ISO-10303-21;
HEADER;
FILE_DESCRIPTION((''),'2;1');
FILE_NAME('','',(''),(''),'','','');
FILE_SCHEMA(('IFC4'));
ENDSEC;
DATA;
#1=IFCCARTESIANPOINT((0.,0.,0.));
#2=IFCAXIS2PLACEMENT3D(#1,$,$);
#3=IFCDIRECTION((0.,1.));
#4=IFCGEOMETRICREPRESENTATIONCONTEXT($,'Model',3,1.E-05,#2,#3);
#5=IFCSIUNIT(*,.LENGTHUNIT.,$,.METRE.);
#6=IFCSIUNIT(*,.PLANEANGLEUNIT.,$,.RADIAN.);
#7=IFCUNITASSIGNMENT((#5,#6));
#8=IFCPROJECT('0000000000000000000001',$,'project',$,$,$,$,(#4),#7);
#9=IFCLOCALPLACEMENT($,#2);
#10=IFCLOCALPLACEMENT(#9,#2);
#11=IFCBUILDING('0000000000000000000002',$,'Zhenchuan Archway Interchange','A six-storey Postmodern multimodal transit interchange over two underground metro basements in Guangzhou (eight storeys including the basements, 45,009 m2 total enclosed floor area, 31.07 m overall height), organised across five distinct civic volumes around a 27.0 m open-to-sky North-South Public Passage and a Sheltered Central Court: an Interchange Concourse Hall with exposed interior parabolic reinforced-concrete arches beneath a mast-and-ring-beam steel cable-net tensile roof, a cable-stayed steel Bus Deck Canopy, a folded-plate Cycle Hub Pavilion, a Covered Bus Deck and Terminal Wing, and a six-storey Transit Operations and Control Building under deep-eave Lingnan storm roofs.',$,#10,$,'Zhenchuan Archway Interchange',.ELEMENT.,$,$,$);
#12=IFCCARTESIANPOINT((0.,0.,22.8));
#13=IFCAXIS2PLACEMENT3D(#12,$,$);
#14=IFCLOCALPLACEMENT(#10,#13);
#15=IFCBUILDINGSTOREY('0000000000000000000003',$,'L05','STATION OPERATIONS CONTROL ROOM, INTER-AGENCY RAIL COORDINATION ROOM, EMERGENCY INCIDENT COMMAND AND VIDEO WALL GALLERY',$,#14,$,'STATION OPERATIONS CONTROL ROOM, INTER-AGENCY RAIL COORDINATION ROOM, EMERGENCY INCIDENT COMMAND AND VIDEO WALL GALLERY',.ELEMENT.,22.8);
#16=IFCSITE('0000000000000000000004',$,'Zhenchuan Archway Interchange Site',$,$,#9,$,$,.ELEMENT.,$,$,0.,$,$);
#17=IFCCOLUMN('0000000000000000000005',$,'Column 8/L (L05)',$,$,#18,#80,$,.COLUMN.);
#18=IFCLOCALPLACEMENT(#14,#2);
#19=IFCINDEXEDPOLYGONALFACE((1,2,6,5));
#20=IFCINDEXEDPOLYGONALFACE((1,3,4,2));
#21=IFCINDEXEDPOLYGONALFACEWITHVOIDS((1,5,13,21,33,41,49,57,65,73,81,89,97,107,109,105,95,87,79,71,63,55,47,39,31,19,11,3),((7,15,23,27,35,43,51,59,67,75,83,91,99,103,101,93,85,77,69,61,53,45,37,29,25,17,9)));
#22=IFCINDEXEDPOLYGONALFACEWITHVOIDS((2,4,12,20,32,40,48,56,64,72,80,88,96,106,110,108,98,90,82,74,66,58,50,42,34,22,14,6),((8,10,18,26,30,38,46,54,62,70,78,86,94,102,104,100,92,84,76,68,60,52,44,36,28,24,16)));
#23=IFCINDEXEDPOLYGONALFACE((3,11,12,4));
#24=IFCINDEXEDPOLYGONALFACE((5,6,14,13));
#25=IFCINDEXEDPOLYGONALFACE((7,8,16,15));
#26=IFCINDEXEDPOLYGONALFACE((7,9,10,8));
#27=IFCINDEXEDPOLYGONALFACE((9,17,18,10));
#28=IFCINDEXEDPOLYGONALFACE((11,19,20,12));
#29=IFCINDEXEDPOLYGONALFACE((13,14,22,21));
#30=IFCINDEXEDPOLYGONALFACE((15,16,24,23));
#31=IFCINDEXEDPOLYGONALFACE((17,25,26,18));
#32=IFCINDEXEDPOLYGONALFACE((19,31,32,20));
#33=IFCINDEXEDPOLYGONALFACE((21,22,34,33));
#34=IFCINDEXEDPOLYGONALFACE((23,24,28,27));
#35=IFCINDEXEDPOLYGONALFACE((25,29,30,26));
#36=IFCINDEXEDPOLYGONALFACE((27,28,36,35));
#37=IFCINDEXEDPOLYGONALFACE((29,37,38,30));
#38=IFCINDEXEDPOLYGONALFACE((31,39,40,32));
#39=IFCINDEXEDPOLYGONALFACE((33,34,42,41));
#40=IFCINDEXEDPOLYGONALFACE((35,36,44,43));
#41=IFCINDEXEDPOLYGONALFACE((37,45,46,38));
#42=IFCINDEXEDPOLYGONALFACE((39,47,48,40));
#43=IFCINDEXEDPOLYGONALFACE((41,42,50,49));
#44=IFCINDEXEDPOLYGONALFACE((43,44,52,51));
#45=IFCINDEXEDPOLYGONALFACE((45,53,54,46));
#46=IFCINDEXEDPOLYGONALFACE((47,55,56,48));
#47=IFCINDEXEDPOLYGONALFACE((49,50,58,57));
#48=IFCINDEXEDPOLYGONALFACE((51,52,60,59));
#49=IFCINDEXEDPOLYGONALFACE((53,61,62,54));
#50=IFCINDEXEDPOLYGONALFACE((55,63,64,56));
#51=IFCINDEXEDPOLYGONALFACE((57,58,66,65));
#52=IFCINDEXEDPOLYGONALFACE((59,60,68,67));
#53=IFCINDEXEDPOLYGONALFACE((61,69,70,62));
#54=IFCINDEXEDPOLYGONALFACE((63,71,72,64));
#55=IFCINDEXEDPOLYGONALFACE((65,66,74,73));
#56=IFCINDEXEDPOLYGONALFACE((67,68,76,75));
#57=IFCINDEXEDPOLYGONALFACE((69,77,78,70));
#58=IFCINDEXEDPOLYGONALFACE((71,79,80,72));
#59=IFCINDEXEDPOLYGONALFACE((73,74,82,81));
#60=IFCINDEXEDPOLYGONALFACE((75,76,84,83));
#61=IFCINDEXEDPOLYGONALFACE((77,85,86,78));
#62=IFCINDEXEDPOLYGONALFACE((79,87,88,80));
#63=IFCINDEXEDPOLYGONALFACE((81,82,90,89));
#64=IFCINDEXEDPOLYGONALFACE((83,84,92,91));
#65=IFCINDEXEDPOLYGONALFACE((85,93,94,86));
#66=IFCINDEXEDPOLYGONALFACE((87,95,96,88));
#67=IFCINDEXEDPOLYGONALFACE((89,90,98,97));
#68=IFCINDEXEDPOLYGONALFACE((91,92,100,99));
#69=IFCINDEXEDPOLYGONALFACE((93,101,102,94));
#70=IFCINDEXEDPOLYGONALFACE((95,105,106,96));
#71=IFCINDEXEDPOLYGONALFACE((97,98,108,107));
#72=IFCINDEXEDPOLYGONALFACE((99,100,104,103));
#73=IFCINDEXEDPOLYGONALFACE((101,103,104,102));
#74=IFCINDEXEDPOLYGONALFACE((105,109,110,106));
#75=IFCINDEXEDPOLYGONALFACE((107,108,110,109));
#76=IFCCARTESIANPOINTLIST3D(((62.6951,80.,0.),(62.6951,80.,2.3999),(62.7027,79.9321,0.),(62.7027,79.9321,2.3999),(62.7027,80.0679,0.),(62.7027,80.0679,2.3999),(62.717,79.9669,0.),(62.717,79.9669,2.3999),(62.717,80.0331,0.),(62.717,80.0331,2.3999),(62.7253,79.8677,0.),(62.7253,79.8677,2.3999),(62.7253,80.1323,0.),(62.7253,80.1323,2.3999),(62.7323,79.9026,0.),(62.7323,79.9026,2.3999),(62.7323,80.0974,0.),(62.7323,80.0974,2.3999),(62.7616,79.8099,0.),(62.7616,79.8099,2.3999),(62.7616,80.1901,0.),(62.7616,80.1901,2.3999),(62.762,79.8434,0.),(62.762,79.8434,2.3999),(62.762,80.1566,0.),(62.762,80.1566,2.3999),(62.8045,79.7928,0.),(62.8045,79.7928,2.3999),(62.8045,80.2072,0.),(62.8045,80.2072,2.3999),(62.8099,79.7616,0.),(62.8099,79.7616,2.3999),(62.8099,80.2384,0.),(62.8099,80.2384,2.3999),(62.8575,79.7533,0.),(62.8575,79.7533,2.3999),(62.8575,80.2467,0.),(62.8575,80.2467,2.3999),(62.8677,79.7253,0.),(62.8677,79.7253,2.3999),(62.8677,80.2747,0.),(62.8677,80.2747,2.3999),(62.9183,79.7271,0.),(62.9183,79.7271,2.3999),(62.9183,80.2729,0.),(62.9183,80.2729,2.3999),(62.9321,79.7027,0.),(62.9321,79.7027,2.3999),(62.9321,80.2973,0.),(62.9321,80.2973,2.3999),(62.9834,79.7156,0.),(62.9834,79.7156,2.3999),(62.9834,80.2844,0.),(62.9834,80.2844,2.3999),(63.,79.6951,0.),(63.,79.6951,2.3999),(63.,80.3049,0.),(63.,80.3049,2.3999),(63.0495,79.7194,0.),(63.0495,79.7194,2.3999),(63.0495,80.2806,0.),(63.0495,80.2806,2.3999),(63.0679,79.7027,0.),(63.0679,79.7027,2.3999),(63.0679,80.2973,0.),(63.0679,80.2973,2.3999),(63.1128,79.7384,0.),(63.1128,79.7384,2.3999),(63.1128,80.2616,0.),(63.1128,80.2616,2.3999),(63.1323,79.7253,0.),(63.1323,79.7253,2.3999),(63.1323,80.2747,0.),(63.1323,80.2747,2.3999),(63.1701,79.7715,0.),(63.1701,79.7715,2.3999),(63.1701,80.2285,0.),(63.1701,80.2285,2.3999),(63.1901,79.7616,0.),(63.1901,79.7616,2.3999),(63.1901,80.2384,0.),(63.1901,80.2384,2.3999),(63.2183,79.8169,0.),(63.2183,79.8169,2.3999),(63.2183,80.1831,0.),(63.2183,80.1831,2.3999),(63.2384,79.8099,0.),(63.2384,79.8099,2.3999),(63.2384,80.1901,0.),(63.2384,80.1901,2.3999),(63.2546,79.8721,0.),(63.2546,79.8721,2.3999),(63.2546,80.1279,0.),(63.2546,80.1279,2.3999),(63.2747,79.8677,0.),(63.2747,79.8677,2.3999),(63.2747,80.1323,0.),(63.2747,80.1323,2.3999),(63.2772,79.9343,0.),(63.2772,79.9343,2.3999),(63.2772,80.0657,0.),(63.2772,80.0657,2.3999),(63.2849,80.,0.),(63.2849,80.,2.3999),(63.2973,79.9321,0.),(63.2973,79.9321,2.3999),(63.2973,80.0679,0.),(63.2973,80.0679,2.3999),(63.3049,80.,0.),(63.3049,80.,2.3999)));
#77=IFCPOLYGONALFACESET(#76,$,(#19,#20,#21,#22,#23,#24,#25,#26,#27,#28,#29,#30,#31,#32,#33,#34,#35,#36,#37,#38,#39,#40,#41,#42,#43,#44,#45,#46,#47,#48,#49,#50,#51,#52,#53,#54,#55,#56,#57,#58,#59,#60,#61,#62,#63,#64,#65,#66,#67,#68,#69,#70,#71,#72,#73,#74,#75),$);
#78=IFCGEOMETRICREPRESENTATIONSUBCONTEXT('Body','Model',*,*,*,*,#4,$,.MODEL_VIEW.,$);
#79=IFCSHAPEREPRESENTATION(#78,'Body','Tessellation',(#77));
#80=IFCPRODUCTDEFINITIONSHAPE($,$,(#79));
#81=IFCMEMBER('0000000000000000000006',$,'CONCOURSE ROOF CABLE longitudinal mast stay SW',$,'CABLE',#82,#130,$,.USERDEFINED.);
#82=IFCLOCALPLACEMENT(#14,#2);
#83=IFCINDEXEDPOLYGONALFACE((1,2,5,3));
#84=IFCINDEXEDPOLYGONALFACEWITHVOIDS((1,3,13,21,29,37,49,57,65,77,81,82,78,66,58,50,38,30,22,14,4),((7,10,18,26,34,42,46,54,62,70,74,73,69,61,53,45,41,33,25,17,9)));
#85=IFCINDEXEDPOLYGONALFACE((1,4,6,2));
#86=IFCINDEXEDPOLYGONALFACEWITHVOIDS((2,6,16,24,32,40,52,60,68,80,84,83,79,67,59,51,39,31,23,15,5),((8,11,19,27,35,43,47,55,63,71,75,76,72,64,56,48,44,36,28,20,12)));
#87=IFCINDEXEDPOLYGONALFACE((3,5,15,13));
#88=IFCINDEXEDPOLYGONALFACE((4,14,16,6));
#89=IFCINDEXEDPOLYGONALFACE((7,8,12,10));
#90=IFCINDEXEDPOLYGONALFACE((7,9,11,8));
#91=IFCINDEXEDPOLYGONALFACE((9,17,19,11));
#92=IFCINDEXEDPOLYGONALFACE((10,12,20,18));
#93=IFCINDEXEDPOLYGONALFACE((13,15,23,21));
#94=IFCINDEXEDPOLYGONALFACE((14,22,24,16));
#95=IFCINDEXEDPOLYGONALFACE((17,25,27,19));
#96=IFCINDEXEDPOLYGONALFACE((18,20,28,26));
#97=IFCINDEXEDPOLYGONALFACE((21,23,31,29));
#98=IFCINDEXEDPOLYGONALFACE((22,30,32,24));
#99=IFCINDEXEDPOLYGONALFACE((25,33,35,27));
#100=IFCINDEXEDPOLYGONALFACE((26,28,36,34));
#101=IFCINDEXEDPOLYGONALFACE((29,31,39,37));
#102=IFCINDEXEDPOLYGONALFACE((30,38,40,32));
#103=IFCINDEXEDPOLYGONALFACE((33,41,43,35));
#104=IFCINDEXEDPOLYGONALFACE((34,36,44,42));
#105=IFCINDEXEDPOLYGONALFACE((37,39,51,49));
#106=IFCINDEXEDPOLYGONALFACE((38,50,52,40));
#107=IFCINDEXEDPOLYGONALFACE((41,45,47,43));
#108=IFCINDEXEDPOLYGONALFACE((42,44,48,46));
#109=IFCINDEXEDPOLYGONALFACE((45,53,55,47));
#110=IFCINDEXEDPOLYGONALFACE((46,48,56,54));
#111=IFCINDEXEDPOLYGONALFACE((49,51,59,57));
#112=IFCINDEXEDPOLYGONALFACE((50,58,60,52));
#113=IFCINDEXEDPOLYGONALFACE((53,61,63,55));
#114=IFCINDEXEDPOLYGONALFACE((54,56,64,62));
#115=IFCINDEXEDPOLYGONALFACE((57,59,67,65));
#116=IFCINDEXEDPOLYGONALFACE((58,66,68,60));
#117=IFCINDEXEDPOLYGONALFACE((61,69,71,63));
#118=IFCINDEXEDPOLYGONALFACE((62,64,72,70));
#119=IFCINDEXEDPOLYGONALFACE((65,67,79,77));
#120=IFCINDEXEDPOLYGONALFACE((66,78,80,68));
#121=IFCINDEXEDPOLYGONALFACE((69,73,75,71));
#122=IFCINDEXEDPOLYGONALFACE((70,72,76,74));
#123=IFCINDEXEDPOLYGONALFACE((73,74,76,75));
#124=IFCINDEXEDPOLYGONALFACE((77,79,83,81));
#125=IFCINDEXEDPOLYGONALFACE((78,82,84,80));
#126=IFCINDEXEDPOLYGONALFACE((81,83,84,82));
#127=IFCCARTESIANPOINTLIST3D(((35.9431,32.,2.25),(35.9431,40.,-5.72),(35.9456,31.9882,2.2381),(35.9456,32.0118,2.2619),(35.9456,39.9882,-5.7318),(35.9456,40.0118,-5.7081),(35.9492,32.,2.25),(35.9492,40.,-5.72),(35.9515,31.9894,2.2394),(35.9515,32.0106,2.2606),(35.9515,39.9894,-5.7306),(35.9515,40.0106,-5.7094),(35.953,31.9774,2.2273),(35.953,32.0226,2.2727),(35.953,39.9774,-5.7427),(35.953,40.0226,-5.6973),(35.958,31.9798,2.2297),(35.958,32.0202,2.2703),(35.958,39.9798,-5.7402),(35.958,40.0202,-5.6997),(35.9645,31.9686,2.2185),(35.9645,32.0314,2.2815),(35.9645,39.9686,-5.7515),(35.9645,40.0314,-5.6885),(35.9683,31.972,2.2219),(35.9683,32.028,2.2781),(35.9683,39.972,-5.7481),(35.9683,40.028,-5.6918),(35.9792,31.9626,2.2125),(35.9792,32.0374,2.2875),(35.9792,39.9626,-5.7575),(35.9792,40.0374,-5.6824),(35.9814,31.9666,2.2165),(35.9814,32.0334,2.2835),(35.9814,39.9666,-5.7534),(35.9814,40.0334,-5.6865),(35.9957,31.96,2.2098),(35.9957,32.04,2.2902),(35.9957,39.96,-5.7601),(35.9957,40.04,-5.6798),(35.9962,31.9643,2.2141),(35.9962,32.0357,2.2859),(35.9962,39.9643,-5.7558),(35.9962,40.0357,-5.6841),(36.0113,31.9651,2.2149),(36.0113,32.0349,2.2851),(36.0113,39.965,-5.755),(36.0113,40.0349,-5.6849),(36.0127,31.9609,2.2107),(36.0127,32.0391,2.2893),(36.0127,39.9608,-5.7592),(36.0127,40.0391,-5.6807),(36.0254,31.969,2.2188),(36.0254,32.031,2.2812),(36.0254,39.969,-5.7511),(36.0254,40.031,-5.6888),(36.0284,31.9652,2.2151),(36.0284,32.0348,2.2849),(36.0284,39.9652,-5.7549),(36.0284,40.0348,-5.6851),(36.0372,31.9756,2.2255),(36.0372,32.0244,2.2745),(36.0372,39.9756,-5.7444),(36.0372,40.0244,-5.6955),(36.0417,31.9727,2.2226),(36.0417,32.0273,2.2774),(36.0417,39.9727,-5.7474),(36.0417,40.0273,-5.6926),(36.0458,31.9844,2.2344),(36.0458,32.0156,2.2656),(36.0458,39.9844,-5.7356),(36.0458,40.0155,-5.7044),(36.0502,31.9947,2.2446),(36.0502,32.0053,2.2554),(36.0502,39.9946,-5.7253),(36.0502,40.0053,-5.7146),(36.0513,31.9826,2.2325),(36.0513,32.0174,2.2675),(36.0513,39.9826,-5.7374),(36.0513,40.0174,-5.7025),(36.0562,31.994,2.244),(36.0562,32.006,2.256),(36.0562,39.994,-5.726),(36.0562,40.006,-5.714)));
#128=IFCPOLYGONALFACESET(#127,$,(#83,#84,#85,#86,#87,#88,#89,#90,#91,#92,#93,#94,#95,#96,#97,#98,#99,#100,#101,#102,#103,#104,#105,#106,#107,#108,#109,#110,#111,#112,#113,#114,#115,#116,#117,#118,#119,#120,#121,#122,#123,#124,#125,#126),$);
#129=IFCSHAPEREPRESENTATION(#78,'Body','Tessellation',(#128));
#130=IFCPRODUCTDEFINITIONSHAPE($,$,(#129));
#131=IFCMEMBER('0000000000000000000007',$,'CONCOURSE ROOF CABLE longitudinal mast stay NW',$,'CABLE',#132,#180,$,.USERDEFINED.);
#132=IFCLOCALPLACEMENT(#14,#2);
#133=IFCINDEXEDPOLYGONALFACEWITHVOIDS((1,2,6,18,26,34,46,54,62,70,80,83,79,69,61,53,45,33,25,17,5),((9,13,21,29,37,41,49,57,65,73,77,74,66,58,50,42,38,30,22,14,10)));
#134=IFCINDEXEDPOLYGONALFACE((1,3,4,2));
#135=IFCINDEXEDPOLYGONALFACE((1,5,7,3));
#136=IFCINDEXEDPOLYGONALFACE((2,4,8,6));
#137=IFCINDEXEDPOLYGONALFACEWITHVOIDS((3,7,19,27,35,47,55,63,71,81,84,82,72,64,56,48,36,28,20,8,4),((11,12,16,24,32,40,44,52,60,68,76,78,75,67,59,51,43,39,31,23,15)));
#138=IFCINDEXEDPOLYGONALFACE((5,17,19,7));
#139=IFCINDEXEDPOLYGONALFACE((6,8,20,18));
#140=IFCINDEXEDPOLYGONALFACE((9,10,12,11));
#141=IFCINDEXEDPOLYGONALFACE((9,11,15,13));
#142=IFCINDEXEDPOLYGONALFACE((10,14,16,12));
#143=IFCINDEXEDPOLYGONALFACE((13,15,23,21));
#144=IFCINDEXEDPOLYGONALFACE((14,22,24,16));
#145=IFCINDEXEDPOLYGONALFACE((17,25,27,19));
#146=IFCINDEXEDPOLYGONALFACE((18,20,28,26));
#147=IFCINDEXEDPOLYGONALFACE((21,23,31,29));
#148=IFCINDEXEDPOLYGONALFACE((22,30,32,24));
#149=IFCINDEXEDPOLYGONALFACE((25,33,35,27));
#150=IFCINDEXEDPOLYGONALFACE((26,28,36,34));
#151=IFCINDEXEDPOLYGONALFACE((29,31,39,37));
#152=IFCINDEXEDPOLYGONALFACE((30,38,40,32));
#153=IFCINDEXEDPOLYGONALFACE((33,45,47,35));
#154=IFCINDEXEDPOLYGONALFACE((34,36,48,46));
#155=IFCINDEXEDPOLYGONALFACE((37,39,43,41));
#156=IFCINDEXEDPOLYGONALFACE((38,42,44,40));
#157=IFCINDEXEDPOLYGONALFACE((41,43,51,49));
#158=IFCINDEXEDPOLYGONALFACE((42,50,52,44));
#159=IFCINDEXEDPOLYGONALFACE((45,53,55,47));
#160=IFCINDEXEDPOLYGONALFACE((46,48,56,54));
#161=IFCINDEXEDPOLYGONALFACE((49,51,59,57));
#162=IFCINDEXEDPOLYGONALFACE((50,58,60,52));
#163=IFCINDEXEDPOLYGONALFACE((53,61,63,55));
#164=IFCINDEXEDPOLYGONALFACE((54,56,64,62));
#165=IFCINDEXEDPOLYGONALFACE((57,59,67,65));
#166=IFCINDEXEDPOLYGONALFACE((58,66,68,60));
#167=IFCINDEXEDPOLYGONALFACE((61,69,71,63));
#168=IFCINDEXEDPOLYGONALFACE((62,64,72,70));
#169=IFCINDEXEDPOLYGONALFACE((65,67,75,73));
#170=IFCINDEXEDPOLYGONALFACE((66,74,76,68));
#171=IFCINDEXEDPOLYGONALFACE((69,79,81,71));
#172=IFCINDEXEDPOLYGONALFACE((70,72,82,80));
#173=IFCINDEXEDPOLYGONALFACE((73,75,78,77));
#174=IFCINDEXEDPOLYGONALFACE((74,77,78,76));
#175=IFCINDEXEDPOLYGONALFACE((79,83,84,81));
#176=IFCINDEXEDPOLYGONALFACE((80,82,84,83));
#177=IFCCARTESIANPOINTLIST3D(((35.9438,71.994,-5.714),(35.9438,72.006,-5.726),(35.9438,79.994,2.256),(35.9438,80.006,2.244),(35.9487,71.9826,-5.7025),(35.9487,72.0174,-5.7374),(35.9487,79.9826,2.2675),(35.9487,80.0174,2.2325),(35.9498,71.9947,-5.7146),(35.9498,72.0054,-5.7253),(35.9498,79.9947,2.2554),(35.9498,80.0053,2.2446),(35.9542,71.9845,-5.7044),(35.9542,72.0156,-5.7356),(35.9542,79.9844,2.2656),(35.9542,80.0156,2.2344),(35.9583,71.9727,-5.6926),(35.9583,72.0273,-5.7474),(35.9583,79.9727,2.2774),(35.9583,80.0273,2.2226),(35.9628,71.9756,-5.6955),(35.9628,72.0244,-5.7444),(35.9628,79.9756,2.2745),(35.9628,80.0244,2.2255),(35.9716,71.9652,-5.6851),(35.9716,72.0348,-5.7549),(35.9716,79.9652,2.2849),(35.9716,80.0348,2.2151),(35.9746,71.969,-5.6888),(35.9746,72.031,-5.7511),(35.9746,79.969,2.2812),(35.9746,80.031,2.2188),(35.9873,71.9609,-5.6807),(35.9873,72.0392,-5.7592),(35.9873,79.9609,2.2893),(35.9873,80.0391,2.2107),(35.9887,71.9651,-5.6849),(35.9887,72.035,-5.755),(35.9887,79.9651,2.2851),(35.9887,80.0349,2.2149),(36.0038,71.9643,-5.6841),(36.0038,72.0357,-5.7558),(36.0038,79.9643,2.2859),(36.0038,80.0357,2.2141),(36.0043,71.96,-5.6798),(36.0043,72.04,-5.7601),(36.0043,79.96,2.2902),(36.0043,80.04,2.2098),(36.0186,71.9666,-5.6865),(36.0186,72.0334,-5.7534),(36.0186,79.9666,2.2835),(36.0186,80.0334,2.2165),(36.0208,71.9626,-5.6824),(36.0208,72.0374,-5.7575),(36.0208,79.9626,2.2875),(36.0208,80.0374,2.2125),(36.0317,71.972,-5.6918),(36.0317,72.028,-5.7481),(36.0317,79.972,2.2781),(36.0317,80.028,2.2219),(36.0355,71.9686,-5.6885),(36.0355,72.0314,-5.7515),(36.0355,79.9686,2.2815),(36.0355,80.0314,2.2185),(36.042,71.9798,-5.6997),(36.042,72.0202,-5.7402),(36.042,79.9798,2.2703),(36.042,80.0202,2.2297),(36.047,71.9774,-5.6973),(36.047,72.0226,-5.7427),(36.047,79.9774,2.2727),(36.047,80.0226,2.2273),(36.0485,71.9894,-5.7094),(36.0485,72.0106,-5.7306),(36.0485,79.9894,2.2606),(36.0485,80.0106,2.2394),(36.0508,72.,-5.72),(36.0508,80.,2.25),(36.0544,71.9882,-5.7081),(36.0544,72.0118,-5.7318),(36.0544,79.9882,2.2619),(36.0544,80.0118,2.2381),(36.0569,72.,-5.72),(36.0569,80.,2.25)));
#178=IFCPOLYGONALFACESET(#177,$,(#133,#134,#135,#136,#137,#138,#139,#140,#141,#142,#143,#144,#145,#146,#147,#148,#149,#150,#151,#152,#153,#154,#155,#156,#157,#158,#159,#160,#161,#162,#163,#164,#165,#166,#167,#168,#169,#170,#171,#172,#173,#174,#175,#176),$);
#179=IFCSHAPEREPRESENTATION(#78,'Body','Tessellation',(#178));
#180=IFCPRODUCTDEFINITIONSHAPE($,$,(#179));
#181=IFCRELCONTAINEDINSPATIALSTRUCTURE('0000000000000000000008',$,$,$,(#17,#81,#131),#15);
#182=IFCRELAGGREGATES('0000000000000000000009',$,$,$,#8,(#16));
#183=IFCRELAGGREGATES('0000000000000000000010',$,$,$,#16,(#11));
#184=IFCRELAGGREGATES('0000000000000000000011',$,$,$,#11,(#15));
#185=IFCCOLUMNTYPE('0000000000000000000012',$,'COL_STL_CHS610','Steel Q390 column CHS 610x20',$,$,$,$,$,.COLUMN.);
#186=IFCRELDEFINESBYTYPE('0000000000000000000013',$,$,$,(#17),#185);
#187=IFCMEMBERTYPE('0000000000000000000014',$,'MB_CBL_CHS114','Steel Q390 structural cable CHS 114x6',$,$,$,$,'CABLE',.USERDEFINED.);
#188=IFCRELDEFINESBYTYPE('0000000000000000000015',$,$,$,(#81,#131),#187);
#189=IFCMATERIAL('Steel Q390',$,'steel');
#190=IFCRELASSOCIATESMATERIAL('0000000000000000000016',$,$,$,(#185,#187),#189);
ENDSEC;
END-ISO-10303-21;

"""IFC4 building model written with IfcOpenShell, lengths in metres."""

from ifc_helpers import new_model, si_unit, direction, frame, origin, origin_2d, place, context, subcontext, project, spatial, hollow_circle, extrude, material, material_profile, profile_set, type_object, element, save


model = new_model("IFC4")

# Units and contexts
model_context = context("Model", 3, precision=1e-05, world=origin(), true_north=direction((0.0, 1.0)))
body_context = subcontext(model_context, "Body", "Model", "MODEL_VIEW")
ifc_project = project(units=[si_unit("LENGTHUNIT", "METRE"), si_unit("PLANEANGLEUNIT", "RADIAN")], contexts=[model_context])

# Site, building, storey
site_placement = place(None, origin())
site = spatial("IfcSite", under=ifc_project, at=site_placement, Name="Zhenchuan Archway Interchange Site", CompositionType="ELEMENT", RefElevation=0.0)
building_placement = place(site_placement, origin())
building = spatial("IfcBuilding", under=site, at=building_placement, Name="Zhenchuan Archway Interchange", Description="A six-storey Postmodern multimodal transit interchange over two underground metro basements in Guangzhou (eight storeys including the basements, 45,009 m2 total enclosed floor area, 31.07 m overall height), organised across five distinct civic volumes around a 27.0 m open-to-sky North-South Public Passage and a Sheltered Central Court: an Interchange Concourse Hall with exposed interior parabolic reinforced-concrete arches beneath a mast-and-ring-beam steel cable-net tensile roof, a cable-stayed steel Bus Deck Canopy, a folded-plate Cycle Hub Pavilion, a Covered Bus Deck and Terminal Wing, and a six-storey Transit Operations and Control Building under deep-eave Lingnan storm roofs.", LongName="Zhenchuan Archway Interchange", CompositionType="ELEMENT")
storey_placement = place(building_placement, frame((0.0, 0.0, 22.8)))
storey = spatial("IfcBuildingStorey", under=building, at=storey_placement, Name="L05", Description="STATION OPERATIONS CONTROL ROOM, INTER-AGENCY RAIL COORDINATION ROOM, EMERGENCY INCIDENT COMMAND AND VIDEO WALL GALLERY", LongName="STATION OPERATIONS CONTROL ROOM, INTER-AGENCY RAIL COORDINATION ROOM, EMERGENCY INCIDENT COMMAND AND VIDEO WALL GALLERY", CompositionType="ELEMENT", Elevation=22.8)

# Column
ifc_material_1 = material(Name="Steel Q390", Category="steel")
ifc_material_profile_1 = material_profile(ifc_material_1, hollow_circle(Radius=0.3049, WallThickness=0.02, at=origin_2d()), Name="CHS 610x20")
ifc_profile_set_1 = profile_set([ifc_material_profile_1], Name="Steel Q390")
column_type = type_object("IfcColumnType", Name="COL_STL_CHS610", Description="Steel Q390 column CHS 610x20", PredefinedType="COLUMN", material=ifc_profile_set_1)
for number, where, z_axis, x_axis, name in (
    (1, (63.0, 80.0, 0.0), (0.0, 0.0, 1.0), (1.0, 0.0, 0.0), "Column 8/L (L05)"),
):
    element("IfcColumn", number, at=place(storey_placement, frame(where, z_axis=z_axis, x_axis=x_axis)), inside=storey, type_object=column_type, Name=name, PredefinedType="COLUMN", context=body_context, shape_type="SweptSolid", body=[
        extrude(hollow_circle(Radius=0.3049, WallThickness=0.02, at=origin_2d()), origin(), (0.0, 0.0, 1.0), 2.3999),
    ])

# Members
ifc_material_profile_2 = material_profile(ifc_material_1, hollow_circle(Radius=0.0569, WallThickness=0.0061, at=origin_2d()), Name="CHS 114x6")
ifc_profile_set_2 = profile_set([ifc_material_profile_2], Name="Steel Q390")
member_type_1 = type_object("IfcMemberType", Name="MB_CBL_CHS114", Description="Steel Q390 structural cable CHS 114x6", ElementType="CABLE", PredefinedType="USERDEFINED", material=ifc_profile_set_2)
for number, where, z_axis, x_axis, name in (
    (2, (36.0, 32.0, 2.25), (0.0, 0.708435, -0.705776), (-1.0, 0.0, 0.0), "CONCOURSE ROOF CABLE longitudinal mast stay SW"),
    (3, (36.0, 80.0, 2.25), (0.0, -0.708435, -0.705776), (1.0, 0.0, 0.0), "CONCOURSE ROOF CABLE longitudinal mast stay NW"),
):
    element("IfcMember", number, at=place(storey_placement, frame(where, z_axis=z_axis, x_axis=x_axis)), inside=storey, type_object=member_type_1, Name=name, ObjectType="CABLE", PredefinedType="USERDEFINED", context=body_context, shape_type="SweptSolid", body=[
        extrude(hollow_circle(Radius=0.0569, WallThickness=0.0061, at=origin_2d()), origin(), (0.0, 0.0, 1.0), 11.2925),
    ])

save(model, "model.ifc")
